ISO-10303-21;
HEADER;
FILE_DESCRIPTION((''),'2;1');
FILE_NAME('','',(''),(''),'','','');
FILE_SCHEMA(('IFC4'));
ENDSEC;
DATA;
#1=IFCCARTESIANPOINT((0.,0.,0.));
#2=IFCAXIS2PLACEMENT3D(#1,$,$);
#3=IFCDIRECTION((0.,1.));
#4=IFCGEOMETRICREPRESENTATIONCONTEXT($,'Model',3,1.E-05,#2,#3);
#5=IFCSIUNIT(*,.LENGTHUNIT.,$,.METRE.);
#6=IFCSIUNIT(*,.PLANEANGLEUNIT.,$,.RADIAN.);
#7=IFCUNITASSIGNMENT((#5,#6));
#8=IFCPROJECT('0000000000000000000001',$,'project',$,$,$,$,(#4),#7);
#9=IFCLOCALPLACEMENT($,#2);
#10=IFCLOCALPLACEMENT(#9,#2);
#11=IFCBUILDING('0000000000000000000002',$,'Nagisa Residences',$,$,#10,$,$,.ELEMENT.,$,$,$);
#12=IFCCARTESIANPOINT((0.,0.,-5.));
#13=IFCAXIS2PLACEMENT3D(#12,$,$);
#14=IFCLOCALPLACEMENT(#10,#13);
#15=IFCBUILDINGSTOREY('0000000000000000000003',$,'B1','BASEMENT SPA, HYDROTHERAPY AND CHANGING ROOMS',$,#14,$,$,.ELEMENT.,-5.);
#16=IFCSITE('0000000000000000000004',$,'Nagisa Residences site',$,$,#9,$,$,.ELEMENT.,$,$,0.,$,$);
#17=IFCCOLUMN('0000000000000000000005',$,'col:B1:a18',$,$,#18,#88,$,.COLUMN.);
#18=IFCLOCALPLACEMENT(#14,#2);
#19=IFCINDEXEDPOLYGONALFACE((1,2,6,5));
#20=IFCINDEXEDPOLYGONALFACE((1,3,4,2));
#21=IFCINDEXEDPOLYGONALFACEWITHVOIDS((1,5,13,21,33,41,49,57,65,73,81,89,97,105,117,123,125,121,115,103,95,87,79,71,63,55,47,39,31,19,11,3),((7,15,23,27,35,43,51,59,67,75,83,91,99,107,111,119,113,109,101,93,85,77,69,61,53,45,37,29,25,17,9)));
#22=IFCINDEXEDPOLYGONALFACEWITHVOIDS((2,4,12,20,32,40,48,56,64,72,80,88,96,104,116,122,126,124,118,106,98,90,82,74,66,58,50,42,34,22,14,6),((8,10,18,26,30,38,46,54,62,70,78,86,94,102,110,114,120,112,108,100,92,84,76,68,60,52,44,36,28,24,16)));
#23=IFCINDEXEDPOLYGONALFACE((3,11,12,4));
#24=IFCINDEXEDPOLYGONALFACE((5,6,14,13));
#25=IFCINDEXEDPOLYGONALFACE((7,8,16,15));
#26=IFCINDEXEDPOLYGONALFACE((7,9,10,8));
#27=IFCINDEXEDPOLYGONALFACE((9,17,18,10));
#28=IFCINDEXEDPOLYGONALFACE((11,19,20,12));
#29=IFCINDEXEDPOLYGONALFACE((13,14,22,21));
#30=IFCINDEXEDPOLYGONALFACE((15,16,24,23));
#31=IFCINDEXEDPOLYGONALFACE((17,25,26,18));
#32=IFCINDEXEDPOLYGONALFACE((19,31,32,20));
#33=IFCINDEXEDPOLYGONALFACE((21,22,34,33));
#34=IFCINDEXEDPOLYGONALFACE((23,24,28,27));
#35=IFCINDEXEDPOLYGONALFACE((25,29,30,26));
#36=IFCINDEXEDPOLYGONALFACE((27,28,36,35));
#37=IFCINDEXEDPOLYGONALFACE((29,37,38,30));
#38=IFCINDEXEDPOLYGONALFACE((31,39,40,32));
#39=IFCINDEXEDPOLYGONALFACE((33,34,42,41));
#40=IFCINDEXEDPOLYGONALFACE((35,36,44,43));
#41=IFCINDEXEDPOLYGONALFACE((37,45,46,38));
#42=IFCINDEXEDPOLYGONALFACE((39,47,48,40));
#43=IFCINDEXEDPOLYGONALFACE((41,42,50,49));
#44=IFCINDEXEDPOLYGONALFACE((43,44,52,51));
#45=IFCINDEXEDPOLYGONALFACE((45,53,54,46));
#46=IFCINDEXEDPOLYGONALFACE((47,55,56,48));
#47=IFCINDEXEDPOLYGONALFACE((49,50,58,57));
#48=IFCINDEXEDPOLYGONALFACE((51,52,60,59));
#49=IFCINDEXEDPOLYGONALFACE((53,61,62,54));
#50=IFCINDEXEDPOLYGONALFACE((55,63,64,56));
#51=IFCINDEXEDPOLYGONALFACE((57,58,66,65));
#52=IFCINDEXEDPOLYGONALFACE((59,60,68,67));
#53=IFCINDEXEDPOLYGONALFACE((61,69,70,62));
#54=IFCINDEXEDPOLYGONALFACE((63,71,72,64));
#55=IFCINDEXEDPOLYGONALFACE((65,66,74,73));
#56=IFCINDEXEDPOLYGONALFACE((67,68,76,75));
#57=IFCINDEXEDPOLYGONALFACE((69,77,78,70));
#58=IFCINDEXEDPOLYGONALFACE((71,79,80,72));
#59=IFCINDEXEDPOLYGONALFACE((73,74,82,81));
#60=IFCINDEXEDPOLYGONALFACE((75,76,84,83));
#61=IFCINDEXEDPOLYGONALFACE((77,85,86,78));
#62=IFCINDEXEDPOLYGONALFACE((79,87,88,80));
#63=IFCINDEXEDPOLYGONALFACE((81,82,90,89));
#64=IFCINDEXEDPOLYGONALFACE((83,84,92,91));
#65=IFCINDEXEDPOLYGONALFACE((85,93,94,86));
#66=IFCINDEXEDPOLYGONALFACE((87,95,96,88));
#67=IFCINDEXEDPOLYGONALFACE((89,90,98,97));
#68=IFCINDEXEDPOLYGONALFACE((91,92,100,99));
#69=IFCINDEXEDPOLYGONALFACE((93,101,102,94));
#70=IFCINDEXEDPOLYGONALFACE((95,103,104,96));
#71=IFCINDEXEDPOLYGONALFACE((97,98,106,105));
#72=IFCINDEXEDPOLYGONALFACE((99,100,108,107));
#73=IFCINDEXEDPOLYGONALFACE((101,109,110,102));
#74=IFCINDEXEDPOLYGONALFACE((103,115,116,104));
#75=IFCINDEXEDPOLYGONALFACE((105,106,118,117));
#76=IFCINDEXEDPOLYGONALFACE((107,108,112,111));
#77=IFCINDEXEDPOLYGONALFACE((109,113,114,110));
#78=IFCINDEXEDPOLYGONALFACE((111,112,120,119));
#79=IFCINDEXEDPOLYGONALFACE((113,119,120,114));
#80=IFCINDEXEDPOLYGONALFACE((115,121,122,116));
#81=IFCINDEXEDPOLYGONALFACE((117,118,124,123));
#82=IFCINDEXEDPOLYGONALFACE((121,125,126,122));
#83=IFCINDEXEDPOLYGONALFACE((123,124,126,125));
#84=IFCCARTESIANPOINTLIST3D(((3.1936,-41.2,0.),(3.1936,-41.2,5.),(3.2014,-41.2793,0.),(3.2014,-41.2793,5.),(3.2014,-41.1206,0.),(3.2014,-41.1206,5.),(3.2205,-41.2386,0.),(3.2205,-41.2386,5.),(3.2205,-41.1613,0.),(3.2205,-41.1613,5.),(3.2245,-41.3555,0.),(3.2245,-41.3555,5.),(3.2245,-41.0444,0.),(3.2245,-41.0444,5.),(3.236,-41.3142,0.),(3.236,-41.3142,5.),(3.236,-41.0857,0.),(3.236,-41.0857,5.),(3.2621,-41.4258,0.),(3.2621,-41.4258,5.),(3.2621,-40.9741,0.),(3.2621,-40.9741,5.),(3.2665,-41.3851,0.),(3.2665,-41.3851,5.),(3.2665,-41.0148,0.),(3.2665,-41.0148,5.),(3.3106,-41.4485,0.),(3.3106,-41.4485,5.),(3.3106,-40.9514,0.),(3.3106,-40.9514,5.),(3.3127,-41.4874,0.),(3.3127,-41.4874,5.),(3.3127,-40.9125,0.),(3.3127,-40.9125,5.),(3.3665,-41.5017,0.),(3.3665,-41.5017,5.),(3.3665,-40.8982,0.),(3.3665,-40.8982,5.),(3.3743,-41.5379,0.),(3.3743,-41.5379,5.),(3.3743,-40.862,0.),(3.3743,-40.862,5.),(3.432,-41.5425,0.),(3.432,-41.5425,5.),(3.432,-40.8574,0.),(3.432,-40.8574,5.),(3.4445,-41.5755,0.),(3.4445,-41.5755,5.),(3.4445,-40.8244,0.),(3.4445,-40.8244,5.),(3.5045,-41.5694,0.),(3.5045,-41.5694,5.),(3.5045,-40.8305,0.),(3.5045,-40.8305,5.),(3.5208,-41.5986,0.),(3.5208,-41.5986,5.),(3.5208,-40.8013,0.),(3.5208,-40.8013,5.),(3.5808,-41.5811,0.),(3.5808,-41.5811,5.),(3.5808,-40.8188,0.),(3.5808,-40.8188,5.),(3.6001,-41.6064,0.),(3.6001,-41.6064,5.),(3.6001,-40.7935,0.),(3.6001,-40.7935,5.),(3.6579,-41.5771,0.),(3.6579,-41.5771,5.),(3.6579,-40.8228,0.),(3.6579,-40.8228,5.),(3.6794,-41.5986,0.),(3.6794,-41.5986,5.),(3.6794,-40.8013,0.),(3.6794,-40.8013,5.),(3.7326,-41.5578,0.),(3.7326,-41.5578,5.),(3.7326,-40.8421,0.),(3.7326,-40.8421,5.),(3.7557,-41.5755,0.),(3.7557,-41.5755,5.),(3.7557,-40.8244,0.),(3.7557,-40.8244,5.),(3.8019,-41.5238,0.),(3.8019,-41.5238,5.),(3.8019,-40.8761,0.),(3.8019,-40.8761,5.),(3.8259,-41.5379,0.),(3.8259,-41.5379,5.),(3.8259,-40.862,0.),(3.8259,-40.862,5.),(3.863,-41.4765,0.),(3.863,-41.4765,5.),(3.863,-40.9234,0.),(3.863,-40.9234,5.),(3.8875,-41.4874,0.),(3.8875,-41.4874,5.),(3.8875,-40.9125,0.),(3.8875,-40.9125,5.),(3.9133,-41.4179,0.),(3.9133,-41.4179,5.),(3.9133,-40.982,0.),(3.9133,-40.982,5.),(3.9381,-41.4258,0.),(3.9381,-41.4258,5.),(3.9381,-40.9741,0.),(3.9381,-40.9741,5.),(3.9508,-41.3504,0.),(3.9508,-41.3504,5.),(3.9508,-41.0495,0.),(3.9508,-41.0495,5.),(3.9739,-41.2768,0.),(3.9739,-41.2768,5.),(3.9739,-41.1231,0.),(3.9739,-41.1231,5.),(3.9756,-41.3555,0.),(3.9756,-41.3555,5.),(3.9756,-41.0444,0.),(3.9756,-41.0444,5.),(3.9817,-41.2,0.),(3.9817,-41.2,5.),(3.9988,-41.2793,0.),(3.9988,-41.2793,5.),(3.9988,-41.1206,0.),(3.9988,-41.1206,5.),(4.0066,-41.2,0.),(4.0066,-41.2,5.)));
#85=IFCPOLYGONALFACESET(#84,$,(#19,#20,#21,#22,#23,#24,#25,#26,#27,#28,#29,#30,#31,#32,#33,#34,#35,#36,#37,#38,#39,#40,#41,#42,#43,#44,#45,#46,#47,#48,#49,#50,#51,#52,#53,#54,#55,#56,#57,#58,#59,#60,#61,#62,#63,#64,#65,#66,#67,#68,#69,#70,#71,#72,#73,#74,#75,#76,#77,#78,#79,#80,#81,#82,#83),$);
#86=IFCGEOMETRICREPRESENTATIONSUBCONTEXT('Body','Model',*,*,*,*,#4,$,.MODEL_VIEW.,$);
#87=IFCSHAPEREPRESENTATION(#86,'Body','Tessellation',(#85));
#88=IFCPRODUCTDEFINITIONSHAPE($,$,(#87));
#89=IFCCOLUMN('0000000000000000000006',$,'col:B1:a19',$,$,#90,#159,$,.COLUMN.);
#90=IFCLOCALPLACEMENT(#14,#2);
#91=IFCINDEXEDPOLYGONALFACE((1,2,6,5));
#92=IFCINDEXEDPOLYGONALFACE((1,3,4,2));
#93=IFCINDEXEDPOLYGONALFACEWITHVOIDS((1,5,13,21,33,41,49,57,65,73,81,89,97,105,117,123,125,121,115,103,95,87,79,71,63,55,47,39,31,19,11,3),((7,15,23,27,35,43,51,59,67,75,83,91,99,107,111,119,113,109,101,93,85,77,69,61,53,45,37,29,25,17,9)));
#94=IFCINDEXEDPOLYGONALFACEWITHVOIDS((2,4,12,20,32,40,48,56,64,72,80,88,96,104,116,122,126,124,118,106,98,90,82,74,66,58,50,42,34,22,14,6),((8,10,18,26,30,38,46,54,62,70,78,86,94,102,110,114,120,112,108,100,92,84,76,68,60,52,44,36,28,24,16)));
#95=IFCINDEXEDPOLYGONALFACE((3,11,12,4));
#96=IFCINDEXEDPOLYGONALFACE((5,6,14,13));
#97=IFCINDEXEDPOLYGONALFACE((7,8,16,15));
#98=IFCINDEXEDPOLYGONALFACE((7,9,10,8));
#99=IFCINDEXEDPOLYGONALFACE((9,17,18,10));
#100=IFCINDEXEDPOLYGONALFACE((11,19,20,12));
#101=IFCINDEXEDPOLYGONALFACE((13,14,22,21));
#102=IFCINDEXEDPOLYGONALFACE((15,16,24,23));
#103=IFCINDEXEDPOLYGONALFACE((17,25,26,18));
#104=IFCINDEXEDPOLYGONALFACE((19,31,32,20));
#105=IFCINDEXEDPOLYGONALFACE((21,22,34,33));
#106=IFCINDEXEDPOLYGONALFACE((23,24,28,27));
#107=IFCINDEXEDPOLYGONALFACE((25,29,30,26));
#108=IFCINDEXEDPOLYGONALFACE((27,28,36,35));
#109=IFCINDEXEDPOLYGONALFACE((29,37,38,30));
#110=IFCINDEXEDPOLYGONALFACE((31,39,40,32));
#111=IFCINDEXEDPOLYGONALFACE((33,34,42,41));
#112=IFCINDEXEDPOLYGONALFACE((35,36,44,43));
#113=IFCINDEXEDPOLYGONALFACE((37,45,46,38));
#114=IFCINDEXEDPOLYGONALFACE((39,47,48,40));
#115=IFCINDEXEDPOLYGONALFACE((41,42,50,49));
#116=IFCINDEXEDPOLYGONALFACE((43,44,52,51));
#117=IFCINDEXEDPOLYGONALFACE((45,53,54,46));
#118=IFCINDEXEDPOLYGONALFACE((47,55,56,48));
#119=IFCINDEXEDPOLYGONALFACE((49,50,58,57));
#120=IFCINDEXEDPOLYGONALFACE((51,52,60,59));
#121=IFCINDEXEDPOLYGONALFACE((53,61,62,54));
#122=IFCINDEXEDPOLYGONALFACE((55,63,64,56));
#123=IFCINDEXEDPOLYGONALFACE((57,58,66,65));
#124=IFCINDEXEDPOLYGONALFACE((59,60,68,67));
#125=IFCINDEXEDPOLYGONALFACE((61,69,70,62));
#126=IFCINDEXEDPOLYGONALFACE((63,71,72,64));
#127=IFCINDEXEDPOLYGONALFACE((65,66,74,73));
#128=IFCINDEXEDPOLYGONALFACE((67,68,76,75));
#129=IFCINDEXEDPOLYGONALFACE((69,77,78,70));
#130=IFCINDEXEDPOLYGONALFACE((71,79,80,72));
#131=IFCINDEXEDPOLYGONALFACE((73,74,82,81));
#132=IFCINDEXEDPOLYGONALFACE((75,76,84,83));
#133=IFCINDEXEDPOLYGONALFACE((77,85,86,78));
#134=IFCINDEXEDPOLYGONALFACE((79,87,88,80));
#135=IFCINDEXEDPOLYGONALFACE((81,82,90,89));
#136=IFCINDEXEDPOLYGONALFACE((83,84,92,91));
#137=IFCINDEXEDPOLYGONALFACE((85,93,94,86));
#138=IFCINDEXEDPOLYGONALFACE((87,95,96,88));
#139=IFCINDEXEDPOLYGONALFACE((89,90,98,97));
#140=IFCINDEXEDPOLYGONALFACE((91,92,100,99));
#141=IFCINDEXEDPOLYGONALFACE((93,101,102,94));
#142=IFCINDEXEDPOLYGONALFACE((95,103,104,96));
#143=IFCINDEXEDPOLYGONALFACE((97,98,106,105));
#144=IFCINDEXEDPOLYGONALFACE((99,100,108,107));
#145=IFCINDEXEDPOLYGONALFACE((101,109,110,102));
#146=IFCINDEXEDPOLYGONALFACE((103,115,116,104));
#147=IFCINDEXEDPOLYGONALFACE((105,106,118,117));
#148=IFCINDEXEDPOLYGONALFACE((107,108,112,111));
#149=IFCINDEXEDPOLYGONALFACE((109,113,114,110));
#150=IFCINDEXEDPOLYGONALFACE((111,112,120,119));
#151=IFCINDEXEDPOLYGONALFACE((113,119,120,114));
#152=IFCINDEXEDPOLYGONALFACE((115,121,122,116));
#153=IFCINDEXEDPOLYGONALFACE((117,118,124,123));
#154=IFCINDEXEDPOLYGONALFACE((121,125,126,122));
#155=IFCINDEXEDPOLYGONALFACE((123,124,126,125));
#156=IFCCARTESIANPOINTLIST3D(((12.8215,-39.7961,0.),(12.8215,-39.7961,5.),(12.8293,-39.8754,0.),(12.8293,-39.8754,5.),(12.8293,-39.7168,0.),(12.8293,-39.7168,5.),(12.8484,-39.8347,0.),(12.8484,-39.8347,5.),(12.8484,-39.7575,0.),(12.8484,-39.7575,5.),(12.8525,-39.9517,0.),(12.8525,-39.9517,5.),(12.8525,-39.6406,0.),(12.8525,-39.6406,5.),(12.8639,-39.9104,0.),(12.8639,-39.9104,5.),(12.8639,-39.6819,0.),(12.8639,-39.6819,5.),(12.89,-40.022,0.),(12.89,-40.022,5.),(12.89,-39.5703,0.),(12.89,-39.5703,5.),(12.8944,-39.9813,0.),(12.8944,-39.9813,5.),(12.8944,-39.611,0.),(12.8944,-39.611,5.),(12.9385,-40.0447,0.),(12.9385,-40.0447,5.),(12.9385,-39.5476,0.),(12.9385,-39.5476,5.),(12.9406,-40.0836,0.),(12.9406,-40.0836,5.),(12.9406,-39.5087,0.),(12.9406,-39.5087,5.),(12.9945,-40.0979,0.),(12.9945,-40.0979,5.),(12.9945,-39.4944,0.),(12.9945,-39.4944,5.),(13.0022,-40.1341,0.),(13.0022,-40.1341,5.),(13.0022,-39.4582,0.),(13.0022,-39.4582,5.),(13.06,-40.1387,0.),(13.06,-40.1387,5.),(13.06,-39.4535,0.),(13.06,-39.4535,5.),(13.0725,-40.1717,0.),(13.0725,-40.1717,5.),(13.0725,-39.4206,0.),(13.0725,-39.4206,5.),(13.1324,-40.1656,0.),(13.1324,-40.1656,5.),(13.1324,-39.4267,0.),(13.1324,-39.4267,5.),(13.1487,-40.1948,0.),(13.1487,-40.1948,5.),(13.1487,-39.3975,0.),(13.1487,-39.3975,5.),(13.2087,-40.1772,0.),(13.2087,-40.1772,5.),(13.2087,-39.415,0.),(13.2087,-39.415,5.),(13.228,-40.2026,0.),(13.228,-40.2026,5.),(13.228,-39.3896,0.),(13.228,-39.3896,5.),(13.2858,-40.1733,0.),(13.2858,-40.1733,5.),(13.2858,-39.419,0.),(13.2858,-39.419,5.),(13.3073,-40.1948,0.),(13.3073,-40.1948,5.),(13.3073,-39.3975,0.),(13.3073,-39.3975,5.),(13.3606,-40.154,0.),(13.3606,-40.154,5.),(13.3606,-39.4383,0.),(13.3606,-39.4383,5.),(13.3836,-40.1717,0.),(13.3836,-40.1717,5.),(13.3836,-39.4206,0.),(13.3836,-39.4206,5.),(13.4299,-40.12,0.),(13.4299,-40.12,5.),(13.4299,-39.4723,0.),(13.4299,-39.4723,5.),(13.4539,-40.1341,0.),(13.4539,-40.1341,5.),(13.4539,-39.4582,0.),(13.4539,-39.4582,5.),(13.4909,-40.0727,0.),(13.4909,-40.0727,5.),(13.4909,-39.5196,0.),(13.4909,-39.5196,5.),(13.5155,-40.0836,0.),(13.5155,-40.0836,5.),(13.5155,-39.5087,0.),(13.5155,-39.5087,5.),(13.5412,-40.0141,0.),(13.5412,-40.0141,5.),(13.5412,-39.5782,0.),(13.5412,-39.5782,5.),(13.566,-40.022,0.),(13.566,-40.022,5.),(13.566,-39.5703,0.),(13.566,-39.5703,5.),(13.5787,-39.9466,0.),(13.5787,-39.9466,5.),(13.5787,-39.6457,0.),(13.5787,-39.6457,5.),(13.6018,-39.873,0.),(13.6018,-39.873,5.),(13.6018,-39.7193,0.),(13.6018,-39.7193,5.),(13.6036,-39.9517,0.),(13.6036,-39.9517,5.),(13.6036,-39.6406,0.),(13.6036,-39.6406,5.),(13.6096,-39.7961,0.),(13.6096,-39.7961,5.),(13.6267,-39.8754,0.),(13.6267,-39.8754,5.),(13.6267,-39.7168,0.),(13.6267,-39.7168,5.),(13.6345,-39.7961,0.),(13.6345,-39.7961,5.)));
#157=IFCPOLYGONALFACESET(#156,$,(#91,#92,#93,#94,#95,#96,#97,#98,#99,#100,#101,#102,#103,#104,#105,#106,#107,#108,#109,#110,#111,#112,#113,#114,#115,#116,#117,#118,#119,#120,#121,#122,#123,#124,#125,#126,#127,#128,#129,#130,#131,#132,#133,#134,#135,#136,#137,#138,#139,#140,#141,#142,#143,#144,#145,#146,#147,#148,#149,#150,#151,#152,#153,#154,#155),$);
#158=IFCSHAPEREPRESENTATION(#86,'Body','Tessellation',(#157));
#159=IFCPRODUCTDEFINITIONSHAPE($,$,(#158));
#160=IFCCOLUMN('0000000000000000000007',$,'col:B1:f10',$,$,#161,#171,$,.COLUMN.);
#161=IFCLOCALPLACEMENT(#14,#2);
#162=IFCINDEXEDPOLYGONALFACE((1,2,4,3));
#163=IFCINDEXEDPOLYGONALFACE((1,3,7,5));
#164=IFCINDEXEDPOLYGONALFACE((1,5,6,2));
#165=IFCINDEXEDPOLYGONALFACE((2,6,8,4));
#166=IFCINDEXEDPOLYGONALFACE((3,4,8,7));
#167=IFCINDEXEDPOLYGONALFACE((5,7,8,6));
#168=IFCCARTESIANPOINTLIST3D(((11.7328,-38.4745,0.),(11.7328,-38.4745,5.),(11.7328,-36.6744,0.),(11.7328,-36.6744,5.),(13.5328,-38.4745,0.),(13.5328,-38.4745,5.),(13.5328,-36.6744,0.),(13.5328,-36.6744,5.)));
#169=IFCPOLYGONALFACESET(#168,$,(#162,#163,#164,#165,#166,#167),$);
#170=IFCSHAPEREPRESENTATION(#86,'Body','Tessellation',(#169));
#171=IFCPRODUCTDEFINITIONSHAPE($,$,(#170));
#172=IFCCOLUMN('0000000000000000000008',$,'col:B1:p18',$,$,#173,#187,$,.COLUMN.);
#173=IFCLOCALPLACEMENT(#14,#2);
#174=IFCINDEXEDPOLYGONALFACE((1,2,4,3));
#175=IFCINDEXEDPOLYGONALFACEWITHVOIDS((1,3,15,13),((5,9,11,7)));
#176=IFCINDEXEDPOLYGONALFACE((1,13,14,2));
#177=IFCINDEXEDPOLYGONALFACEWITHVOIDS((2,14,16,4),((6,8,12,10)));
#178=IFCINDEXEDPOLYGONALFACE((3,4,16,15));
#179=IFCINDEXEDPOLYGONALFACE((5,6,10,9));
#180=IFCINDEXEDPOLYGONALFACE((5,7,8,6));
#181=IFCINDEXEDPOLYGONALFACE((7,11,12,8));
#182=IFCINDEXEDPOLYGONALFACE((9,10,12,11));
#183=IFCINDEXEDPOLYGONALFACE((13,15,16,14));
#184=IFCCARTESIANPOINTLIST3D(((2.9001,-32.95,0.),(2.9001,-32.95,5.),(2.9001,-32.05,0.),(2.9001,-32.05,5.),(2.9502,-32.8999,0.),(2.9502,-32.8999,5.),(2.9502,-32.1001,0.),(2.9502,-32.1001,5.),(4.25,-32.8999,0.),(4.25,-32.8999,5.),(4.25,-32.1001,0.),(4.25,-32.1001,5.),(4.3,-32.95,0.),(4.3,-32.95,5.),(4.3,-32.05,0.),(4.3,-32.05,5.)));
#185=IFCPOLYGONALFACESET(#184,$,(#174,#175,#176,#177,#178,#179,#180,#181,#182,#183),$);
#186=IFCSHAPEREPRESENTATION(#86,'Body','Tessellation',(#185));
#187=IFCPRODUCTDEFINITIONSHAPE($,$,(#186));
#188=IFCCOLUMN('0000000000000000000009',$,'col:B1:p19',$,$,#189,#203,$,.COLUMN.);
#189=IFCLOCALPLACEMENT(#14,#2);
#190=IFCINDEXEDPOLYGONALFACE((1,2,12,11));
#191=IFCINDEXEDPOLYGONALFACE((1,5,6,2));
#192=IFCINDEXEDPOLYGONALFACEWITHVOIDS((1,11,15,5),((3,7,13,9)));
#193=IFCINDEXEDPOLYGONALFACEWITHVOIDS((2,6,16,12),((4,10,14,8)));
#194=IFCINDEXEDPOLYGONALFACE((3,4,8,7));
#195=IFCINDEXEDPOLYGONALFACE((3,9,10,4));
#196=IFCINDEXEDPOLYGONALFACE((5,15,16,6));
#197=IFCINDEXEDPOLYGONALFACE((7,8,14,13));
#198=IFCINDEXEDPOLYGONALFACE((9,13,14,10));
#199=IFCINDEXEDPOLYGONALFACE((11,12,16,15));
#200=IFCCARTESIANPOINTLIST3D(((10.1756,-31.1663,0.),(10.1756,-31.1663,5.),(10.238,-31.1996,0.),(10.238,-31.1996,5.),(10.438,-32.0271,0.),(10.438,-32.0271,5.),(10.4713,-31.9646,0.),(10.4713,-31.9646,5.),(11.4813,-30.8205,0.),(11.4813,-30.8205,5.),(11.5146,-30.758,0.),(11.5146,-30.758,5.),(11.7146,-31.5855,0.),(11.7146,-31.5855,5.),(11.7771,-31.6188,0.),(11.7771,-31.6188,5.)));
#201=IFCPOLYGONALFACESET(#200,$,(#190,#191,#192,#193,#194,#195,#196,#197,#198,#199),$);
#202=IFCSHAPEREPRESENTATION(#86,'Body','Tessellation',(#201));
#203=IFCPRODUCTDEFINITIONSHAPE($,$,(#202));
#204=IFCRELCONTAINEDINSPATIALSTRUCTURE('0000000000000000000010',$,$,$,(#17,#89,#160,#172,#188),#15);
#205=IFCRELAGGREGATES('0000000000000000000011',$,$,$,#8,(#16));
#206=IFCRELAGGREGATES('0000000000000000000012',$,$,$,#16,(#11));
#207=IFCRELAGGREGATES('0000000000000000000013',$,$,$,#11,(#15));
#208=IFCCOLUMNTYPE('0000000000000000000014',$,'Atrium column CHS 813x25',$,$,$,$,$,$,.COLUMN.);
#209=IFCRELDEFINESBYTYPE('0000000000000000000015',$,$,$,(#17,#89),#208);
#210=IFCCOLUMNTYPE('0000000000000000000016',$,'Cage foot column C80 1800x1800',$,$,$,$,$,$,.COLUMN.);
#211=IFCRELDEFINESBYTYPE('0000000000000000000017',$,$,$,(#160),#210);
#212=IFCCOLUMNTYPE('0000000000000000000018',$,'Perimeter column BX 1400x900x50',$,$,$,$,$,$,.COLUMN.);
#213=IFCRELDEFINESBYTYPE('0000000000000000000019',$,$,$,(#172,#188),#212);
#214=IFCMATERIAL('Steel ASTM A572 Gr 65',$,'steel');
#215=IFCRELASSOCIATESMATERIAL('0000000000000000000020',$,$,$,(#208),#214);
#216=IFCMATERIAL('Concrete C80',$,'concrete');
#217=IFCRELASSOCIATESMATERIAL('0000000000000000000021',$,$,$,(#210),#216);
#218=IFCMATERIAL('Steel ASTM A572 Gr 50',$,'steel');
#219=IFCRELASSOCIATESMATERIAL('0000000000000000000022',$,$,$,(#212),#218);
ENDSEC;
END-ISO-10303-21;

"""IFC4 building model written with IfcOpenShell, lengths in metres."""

from ifc_helpers import new_model, si_unit, direction, frame, origin, origin_2d, place, context, subcontext, project, spatial, rectangle, hollow_rectangle, hollow_circle, extrude, material, material_profile, profile_set, type_object, element, save


model = new_model("IFC4")

# Units and contexts
model_context = context("Model", 3, precision=1e-05, world=origin(), true_north=direction((0.0, 1.0)))
body_context = subcontext(model_context, "Body", "Model", "MODEL_VIEW")
ifc_project = project(units=[si_unit("LENGTHUNIT", "METRE"), si_unit("PLANEANGLEUNIT", "RADIAN")], contexts=[model_context])

# Site, building, storey
site_placement = place(None, origin())
site = spatial("IfcSite", under=ifc_project, at=site_placement, Name="Nagisa Residences site", CompositionType="ELEMENT", RefElevation=0.0)
building_placement = place(site_placement, origin())
building = spatial("IfcBuilding", under=site, at=building_placement, Name="Nagisa Residences", CompositionType="ELEMENT")
storey_placement = place(building_placement, frame((0.0, 0.0, -5.0)))
storey = spatial("IfcBuildingStorey", under=building, at=storey_placement, Name="B1", Description="BASEMENT SPA, HYDROTHERAPY AND CHANGING ROOMS", CompositionType="ELEMENT", Elevation=-5.0)

# Columns
ifc_material_1 = material(Name="Steel ASTM A572 Gr 65", Category="steel")
ifc_material_profile_1 = material_profile(ifc_material_1, hollow_circle(Radius=0.4065, WallThickness=0.0249, at=origin_2d()), Name="CHS 813x25")
ifc_profile_set_1 = profile_set([ifc_material_profile_1], Name="Steel ASTM A572 Gr 65")
column_type_1 = type_object("IfcColumnType", Name="Atrium column CHS 813x25", PredefinedType="COLUMN", material=ifc_profile_set_1)
for number, where, z_axis, x_axis, name in (
    (1, (3.6001, -41.2, 0.0), (0.0, 0.0, 1.0), (1.0, 0.0, 0.0), "col:B1:a18"),
    (2, (13.228, -39.7961, 0.0), (0.0, 0.0, 1.0), (1.0, 0.0, 0.0), "col:B1:a19"),
):
    element("IfcColumn", number, at=place(storey_placement, frame(where, z_axis=z_axis, x_axis=x_axis)), inside=storey, type_object=column_type_1, Name=name, PredefinedType="COLUMN", context=body_context, shape_type="SweptSolid", body=[
        extrude(hollow_circle(Radius=0.4065, WallThickness=0.0249, at=origin_2d()), origin(), (0.0, 0.0, 1.0), 5.0),
    ])
ifc_material_2 = material(Name="Concrete C80", Category="concrete")
ifc_material_profile_2 = material_profile(ifc_material_2, rectangle(XDim=1.8, YDim=1.8, at=origin_2d()), Name="C80 1800x1800")
ifc_profile_set_2 = profile_set([ifc_material_profile_2], Name="Concrete C80")
column_type_2 = type_object("IfcColumnType", Name="Cage foot column C80 1800x1800", PredefinedType="COLUMN", material=ifc_profile_set_2)
column_placement = place(storey_placement, frame((12.6328, -37.5745, 0.0), z_axis=(0.0, 0.0, 1.0), x_axis=(1.0, 0.0, 0.0)))
element("IfcColumn", 3, at=column_placement, inside=storey, type_object=column_type_2, Name="col:B1:f10", PredefinedType="COLUMN", context=body_context, shape_type="SweptSolid", body=[
    extrude(rectangle(XDim=1.8, YDim=1.8, at=origin_2d()), origin(), (0.0, 0.0, 1.0), 5.0),
])
ifc_material_3 = material(Name="Steel ASTM A572 Gr 50", Category="steel")
ifc_material_profile_3 = material_profile(ifc_material_3, hollow_rectangle(XDim=1.3999, YDim=0.8999, WallThickness=0.05, at=origin_2d()), Name="BX 1400x900x50")
ifc_profile_set_3 = profile_set([ifc_material_profile_3], Name="Steel ASTM A572 Gr 50")
column_type_3 = type_object("IfcColumnType", Name="Perimeter column BX 1400x900x50", PredefinedType="COLUMN", material=ifc_profile_set_3)
for number, where, z_axis, x_axis, name in (
    (4, (3.6001, -32.5, 0.0), (0.0, 0.0, 1.0), (1.0, 0.0, 0.0), "col:B1:p18"),
    (5, (10.9763, -31.3926, 0.0), (0.0, 0.0, 1.0), (0.956525, 0.291652, 0.0), "col:B1:p19"),
):
    element("IfcColumn", number, at=place(storey_placement, frame(where, z_axis=z_axis, x_axis=x_axis)), inside=storey, type_object=column_type_3, Name=name, PredefinedType="COLUMN", context=body_context, shape_type="SweptSolid", body=[
        extrude(hollow_rectangle(XDim=1.3999, YDim=0.8999, WallThickness=0.05, at=origin_2d()), origin(), (0.0, 0.0, 1.0), 5.0),
    ])

save(model, "model.ifc")
